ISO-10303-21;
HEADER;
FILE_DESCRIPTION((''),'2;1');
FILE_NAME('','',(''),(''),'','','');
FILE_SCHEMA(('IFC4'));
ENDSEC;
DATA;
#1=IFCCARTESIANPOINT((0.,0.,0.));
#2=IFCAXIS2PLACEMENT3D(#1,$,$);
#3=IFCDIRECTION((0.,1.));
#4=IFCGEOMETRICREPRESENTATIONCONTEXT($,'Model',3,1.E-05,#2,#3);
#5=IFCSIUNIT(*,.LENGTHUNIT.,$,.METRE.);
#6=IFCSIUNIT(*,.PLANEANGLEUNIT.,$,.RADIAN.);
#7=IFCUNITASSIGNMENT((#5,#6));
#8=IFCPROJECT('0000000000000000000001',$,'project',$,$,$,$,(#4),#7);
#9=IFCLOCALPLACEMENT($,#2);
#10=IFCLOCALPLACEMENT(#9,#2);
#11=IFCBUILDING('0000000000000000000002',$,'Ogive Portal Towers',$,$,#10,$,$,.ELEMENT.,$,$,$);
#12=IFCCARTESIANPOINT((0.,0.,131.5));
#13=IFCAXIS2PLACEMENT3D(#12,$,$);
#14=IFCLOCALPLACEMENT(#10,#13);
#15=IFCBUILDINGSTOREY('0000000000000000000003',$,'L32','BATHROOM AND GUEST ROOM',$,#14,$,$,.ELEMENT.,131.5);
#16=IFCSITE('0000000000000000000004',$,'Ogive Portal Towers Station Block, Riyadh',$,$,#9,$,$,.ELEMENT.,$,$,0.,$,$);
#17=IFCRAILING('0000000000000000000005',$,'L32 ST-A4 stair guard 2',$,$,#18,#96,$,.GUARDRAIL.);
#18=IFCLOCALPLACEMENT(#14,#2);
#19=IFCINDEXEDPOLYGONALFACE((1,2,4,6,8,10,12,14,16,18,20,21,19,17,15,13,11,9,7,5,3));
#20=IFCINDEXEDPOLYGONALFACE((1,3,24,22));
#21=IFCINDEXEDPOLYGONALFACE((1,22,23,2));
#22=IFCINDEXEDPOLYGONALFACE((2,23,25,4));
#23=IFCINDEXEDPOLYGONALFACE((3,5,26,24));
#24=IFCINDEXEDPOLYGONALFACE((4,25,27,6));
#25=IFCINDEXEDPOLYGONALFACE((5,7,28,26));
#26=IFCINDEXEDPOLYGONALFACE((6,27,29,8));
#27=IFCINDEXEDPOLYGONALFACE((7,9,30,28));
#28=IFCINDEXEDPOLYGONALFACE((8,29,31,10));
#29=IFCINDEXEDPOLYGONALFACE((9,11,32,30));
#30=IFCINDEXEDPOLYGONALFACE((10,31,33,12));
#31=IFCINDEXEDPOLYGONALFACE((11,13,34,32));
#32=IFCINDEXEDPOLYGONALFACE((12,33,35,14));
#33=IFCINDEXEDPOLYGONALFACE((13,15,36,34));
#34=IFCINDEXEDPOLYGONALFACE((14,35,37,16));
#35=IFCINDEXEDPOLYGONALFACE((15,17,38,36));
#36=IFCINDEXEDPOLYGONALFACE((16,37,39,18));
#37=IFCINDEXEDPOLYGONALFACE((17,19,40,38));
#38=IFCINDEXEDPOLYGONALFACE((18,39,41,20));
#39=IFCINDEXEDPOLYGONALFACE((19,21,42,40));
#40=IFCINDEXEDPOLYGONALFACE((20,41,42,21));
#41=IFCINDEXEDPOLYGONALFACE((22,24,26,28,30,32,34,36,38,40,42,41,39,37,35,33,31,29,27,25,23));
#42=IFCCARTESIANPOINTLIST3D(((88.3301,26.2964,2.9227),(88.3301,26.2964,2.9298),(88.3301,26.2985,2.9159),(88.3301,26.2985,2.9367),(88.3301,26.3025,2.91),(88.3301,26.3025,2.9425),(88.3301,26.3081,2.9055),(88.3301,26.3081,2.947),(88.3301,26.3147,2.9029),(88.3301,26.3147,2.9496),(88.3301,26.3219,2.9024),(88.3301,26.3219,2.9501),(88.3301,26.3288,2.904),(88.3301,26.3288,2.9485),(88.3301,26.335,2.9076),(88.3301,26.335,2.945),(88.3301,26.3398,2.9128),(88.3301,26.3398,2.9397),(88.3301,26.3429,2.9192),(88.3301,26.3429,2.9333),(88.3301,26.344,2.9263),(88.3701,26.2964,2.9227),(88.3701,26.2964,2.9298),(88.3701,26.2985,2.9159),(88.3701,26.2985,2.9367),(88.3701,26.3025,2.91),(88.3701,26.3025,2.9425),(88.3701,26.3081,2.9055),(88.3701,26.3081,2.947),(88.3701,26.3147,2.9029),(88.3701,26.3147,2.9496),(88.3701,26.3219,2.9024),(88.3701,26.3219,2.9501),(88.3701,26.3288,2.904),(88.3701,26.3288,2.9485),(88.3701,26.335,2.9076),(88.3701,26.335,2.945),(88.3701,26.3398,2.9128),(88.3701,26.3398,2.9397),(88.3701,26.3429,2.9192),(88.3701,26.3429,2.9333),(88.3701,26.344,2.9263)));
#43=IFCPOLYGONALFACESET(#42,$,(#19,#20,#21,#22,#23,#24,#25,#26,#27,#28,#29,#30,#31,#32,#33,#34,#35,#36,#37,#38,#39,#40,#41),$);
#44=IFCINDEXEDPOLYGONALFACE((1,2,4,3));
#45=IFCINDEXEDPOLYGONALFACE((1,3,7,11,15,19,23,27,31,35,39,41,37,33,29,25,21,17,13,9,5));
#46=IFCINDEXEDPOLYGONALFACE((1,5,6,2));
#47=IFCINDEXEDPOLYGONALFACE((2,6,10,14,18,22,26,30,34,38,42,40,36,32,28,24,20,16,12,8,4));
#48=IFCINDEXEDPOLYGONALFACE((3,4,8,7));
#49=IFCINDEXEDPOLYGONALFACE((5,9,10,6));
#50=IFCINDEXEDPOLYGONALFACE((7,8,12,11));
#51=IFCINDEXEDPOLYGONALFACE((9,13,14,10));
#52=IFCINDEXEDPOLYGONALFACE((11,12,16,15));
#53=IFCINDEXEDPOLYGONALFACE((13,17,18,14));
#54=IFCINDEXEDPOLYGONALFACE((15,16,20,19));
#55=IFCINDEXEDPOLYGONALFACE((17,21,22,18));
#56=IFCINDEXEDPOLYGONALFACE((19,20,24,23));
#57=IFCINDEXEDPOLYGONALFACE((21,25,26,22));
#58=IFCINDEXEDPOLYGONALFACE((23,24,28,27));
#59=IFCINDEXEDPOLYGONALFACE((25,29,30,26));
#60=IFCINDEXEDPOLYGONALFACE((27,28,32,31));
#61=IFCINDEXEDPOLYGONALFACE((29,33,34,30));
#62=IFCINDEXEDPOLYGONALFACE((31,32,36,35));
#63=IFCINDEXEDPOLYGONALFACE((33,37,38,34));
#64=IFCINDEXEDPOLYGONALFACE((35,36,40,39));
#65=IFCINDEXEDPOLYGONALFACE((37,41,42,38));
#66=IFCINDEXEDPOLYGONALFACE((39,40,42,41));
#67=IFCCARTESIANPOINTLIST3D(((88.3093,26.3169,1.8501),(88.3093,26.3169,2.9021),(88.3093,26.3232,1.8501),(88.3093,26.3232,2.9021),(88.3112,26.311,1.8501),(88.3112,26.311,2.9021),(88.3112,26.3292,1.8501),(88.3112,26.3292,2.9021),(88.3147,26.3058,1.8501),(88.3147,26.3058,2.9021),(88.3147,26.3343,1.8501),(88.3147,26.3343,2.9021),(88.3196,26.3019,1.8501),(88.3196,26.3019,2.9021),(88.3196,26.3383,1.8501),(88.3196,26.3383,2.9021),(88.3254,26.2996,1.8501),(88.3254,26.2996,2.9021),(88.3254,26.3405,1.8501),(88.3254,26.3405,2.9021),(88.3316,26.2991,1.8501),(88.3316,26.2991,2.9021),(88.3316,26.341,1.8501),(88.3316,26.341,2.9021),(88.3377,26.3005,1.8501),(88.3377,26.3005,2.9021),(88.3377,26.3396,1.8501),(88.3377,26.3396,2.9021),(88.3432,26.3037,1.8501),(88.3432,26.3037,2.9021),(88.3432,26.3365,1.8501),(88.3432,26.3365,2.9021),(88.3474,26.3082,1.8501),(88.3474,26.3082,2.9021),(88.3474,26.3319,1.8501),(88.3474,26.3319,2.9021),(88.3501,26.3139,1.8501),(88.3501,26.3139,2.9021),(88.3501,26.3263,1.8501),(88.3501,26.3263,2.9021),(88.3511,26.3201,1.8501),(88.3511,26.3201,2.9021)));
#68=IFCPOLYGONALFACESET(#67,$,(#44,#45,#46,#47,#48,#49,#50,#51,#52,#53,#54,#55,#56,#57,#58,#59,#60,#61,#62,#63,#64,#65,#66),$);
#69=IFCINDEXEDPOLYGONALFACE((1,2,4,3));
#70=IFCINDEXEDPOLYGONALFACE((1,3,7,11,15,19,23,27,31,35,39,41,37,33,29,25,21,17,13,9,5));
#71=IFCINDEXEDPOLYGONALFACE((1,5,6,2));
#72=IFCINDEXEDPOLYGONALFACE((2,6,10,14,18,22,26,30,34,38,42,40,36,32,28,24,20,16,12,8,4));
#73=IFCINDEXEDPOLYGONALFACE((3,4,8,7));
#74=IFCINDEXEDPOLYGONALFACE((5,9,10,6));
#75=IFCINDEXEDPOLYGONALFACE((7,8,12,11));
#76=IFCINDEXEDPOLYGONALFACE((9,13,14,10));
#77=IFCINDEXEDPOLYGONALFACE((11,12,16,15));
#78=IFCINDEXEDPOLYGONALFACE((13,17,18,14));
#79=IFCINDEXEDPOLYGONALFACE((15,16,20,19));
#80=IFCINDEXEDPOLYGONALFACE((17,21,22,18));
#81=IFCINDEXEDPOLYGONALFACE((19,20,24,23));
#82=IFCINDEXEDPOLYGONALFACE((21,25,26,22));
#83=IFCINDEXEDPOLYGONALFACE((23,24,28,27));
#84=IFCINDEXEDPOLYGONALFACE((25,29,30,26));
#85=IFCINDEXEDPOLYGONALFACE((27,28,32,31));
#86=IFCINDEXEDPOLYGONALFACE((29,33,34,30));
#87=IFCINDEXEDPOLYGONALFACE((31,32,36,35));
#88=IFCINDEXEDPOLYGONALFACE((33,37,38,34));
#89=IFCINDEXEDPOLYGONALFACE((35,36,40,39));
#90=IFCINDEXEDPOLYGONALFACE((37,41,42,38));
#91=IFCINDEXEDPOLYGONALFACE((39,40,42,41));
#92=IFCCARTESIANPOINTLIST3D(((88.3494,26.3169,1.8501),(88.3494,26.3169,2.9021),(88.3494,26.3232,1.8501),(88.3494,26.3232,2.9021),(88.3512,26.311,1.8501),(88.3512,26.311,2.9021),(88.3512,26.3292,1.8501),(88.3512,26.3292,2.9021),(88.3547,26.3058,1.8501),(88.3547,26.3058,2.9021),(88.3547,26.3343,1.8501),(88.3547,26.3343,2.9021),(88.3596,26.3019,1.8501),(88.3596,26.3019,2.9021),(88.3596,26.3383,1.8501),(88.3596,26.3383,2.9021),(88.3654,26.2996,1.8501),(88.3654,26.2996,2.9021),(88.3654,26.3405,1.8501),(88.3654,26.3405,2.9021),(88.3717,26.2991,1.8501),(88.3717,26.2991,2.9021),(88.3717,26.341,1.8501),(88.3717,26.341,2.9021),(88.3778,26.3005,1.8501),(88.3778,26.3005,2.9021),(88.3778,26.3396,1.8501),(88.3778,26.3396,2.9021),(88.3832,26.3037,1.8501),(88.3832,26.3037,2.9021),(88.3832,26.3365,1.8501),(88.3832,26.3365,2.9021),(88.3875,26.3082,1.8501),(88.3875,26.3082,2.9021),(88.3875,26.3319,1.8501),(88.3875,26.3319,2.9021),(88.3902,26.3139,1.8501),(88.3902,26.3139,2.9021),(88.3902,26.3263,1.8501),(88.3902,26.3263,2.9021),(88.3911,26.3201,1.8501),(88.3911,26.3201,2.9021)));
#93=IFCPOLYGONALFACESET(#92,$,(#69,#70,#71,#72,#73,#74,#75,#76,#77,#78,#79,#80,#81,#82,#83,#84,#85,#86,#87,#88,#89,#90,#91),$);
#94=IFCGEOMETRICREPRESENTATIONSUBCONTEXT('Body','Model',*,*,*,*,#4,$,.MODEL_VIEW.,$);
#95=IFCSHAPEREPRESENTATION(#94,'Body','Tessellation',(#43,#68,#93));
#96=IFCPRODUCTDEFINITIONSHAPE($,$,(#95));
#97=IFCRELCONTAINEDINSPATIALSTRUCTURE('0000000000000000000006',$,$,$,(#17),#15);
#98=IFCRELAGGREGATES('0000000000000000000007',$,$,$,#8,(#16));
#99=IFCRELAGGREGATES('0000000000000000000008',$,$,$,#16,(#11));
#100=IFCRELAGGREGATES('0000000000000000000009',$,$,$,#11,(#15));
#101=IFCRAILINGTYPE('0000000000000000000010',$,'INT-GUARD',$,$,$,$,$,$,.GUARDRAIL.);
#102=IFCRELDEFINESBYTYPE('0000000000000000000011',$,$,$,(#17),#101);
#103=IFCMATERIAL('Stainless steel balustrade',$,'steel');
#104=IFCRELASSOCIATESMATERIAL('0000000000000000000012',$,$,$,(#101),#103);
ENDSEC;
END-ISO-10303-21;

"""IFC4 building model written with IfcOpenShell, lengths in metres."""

from ifc_helpers import new_model, si_unit, direction, frame, origin, origin_2d, place, context, subcontext, project, spatial, circle, extrude, material, type_object, element, save


model = new_model("IFC4")

# Units and contexts
model_context = context("Model", 3, precision=1e-05, world=origin(), true_north=direction((0.0, 1.0)))
body_context = subcontext(model_context, "Body", "Model", "MODEL_VIEW")
ifc_project = project(units=[si_unit("LENGTHUNIT", "METRE"), si_unit("PLANEANGLEUNIT", "RADIAN")], contexts=[model_context])

# Site, building, storey
site_placement = place(None, origin())
site = spatial("IfcSite", under=ifc_project, at=site_placement, Name="Ogive Portal Towers Station Block, Riyadh", CompositionType="ELEMENT", RefElevation=0.0)
building_placement = place(site_placement, origin())
building = spatial("IfcBuilding", under=site, at=building_placement, Name="Ogive Portal Towers", CompositionType="ELEMENT")
storey_placement = place(building_placement, frame((0.0, 0.0, 131.5)))
storey = spatial("IfcBuildingStorey", under=building, at=storey_placement, Name="L32", Description="BATHROOM AND GUEST ROOM", CompositionType="ELEMENT", Elevation=131.5)

# Railing
ifc_material_1 = material(Name="Stainless steel balustrade", Category="steel")
railing_type_1 = type_object("IfcRailingType", Name="INT-GUARD", PredefinedType="GUARDRAIL", material=ifc_material_1)
railing_1_placement = place(storey_placement, frame((88.3301, 26.3201, 1.8501)))
element("IfcRailing", 1, at=railing_1_placement, inside=storey, type_object=railing_type_1, Name="L32 ST-A4 stair guard 2", PredefinedType="GUARDRAIL", context=body_context, shape_type="SweptSolid", body=[
    extrude(circle(Radius=0.0239, at=origin_2d()), frame((0.0, 0.0, 1.0762), z_axis=(1.0, 0.0, 0.0), x_axis=(0.0, 1.0, 0.0)), (0.0, 0.0, 1.0), 0.04),
    extrude(circle(Radius=0.021, at=origin_2d()), origin(), (0.0, 0.0, 1.0), 1.052),
    extrude(circle(Radius=0.021, at=origin_2d()), frame((0.04, 0.0, 0.0)), (0.0, 0.0, 1.0), 1.052),
])

save(model, "model.ifc")
